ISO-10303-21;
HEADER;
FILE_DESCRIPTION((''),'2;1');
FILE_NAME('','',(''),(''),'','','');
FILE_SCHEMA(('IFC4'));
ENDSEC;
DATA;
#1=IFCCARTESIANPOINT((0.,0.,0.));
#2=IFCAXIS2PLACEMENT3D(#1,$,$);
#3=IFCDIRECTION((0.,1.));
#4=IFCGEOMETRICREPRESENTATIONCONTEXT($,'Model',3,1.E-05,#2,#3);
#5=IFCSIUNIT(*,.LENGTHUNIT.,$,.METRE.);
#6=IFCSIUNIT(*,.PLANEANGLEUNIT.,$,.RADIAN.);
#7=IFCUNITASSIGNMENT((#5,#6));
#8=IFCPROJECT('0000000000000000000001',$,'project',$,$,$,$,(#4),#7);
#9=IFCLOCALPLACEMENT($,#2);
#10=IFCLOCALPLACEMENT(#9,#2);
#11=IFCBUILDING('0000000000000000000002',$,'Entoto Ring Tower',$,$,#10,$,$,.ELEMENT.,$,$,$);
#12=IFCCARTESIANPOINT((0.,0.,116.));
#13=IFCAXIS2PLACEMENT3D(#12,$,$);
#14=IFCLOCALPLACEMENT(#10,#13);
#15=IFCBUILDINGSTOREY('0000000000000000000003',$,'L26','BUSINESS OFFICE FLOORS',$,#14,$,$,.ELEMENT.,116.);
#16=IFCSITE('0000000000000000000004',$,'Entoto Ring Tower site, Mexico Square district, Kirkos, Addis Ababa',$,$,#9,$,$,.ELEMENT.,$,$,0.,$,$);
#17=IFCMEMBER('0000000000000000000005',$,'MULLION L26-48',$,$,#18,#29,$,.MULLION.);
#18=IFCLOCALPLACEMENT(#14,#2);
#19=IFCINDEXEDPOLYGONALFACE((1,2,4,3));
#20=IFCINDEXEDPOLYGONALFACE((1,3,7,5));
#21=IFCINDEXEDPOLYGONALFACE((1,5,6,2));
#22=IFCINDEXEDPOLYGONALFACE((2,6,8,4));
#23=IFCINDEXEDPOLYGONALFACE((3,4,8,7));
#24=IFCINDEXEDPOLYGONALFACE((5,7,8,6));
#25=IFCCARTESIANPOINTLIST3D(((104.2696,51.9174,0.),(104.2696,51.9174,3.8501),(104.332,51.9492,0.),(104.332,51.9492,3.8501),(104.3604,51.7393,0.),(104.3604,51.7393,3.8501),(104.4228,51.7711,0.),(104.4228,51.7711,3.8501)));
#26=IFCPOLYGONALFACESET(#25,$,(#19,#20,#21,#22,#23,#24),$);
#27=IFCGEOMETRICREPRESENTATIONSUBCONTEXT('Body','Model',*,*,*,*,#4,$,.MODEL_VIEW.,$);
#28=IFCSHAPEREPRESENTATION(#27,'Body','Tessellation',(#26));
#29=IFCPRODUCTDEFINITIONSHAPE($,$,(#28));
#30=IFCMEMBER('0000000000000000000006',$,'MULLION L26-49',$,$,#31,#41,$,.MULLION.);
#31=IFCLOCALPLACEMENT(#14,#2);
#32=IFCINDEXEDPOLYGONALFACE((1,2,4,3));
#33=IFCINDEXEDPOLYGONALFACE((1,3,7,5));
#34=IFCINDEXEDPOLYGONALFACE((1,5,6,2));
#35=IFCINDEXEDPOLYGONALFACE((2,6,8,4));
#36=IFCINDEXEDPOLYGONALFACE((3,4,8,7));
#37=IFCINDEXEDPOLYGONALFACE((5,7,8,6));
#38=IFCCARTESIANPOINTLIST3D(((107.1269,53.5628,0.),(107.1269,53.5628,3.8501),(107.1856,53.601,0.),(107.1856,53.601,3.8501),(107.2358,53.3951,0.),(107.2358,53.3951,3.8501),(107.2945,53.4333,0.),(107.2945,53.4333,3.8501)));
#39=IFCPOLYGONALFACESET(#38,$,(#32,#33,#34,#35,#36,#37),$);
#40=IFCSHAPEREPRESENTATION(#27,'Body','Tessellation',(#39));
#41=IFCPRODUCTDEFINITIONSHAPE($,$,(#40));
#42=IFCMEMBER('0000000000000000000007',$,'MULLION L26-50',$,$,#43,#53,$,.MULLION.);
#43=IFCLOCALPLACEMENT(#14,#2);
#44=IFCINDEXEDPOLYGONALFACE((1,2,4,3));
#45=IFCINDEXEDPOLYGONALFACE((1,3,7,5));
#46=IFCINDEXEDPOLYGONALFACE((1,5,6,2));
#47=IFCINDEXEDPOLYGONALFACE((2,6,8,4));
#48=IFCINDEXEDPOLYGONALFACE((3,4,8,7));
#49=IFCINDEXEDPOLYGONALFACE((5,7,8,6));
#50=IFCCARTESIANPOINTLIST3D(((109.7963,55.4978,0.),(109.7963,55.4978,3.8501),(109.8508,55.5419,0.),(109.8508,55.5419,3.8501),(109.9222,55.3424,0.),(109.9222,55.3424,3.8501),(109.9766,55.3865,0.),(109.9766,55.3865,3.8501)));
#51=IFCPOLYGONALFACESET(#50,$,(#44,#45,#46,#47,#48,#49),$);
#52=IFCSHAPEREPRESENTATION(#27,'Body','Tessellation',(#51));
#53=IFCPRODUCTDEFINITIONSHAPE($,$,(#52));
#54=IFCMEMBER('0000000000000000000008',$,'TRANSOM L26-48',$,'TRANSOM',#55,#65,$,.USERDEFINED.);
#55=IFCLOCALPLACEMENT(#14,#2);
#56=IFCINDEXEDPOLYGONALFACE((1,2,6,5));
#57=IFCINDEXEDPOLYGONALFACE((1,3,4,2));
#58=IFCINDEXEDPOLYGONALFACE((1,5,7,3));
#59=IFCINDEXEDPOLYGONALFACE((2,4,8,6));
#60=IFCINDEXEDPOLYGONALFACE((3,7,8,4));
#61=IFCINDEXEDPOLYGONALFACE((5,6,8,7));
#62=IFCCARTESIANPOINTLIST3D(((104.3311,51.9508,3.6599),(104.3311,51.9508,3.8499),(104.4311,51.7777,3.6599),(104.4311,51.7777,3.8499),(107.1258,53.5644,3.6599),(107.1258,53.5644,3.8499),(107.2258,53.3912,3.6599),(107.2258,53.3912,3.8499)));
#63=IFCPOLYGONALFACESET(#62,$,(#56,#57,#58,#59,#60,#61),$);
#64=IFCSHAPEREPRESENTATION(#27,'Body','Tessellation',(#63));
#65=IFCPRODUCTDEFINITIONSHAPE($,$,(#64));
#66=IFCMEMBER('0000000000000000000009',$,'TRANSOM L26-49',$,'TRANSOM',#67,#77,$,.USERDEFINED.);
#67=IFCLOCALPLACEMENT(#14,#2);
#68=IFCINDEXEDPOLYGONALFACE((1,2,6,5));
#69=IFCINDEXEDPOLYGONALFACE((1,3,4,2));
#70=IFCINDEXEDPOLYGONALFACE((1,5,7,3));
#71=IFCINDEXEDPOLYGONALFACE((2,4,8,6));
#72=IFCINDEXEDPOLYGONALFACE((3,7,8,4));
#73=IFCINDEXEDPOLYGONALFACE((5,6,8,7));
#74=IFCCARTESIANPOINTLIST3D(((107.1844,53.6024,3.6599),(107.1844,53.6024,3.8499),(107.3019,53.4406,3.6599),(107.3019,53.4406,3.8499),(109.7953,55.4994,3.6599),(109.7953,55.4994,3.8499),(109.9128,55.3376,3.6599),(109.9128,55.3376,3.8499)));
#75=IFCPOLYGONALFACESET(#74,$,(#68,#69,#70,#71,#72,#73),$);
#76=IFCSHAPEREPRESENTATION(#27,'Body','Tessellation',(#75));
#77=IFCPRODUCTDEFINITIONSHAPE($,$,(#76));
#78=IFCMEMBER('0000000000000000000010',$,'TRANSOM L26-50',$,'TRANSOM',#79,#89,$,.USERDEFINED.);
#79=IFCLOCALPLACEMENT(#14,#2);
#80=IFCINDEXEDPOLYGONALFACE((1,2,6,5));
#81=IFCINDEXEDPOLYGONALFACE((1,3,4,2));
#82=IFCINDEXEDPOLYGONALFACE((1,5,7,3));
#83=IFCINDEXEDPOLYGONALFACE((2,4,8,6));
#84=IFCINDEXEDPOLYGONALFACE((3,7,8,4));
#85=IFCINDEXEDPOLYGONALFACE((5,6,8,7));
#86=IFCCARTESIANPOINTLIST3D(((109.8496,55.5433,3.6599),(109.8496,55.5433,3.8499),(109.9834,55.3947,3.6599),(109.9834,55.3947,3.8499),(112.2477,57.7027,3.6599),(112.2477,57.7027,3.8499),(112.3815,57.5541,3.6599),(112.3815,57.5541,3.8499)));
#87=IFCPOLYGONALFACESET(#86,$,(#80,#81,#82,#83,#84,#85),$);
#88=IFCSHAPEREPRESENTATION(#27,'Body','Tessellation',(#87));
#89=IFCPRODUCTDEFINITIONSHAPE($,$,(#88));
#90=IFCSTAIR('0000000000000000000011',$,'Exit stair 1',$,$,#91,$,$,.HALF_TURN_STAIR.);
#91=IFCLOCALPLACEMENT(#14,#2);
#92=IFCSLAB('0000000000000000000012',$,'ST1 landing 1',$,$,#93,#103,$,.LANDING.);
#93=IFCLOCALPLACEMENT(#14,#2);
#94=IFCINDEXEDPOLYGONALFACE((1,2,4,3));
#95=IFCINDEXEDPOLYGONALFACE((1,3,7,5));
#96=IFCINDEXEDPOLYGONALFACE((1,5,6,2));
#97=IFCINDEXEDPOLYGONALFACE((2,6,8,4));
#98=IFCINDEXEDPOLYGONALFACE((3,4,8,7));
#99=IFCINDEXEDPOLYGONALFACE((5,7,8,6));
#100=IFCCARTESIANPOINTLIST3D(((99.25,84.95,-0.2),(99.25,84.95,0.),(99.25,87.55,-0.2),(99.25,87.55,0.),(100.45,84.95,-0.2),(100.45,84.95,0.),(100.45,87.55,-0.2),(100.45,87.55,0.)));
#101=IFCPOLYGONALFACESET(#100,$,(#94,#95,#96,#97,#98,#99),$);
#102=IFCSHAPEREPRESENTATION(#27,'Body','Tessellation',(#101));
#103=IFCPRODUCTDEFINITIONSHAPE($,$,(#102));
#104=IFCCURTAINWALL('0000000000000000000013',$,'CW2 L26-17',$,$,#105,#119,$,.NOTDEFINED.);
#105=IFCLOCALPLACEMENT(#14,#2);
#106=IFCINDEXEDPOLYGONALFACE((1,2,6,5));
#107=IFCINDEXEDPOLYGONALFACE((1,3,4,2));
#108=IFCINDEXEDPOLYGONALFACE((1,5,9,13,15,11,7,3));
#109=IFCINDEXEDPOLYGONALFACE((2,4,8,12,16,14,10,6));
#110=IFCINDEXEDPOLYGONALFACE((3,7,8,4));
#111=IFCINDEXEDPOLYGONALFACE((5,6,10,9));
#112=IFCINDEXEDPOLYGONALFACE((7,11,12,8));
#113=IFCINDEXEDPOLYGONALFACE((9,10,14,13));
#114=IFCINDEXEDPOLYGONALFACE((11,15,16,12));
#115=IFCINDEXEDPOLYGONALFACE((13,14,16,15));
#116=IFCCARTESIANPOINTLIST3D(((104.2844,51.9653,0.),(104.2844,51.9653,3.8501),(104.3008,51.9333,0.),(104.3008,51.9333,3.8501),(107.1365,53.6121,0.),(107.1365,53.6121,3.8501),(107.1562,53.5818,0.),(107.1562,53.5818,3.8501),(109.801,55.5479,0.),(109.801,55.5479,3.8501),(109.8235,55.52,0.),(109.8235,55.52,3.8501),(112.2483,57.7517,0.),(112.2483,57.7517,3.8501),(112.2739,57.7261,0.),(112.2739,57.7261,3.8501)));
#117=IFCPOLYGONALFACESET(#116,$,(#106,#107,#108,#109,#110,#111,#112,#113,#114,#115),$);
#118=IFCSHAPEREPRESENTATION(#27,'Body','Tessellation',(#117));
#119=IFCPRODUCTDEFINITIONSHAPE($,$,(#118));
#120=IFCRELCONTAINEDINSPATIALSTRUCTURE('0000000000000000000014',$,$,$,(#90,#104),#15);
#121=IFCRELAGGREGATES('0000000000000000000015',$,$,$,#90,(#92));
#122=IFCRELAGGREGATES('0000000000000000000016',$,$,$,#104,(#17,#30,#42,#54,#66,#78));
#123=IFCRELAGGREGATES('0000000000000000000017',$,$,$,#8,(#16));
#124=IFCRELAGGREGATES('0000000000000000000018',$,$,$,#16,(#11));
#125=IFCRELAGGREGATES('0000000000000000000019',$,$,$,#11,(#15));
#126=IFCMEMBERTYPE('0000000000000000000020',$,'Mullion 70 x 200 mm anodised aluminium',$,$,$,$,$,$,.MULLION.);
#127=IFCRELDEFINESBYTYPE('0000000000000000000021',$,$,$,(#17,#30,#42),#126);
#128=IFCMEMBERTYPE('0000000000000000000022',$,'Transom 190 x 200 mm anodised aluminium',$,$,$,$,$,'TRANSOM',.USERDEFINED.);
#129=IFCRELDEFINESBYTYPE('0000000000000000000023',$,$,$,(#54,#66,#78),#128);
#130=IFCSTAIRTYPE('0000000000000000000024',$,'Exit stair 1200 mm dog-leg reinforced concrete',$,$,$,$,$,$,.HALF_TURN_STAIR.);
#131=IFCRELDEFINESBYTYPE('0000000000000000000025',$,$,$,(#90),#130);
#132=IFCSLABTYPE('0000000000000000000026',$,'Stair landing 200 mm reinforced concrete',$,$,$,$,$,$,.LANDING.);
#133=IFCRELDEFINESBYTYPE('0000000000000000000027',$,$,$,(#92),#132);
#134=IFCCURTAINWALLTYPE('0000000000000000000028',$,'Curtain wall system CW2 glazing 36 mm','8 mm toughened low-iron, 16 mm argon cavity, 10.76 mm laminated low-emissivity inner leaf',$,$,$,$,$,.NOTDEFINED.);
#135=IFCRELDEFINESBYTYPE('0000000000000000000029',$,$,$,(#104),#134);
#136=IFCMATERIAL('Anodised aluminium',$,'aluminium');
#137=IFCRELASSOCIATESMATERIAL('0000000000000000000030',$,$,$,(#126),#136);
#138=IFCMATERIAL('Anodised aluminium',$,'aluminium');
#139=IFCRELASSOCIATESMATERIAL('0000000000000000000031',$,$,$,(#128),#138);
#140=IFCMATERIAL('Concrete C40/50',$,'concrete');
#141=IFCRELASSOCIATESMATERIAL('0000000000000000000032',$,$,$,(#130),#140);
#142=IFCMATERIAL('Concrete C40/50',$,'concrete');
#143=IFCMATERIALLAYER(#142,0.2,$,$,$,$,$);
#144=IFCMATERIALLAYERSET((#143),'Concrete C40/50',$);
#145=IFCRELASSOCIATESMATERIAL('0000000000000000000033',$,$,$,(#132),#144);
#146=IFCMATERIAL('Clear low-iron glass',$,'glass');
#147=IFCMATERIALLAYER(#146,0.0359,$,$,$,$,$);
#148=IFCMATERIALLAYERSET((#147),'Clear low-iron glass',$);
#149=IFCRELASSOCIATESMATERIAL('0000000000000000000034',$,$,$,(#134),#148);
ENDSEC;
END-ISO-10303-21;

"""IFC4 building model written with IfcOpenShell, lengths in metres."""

from ifc_helpers import new_model, si_unit, direction, frame, origin, origin_2d, place, context, subcontext, project, spatial, polyline, rectangle, outline, extrude, material, layer, layer_set, material_profile, profile_set, type_object, element, aggregate, save


model = new_model("IFC4")

# Units and contexts
model_context = context("Model", 3, precision=1e-05, world=origin(), true_north=direction((0.0, 1.0)))
body_context = subcontext(model_context, "Body", "Model", "MODEL_VIEW")
ifc_project = project(units=[si_unit("LENGTHUNIT", "METRE"), si_unit("PLANEANGLEUNIT", "RADIAN")], contexts=[model_context])

# Members
ifc_material_1 = material(Name="Anodised aluminium", Category="aluminium")
ifc_material_profile_1 = material_profile(ifc_material_1, rectangle(XDim=0.0701, YDim=0.2, at=origin_2d()), Name="Mullion 70 x 200 mm anodised aluminium")
ifc_profile_set_1 = profile_set([ifc_material_profile_1], Name="Anodised aluminium")
member_type_1 = type_object("IfcMemberType", Name="Mullion 70 x 200 mm anodised aluminium", PredefinedType="MULLION", material=ifc_profile_set_1)
site_placement = place(None, origin())
building_placement = place(site_placement, origin())
storey_placement = place(building_placement, frame((0.0, 0.0, 116.0)))
member_1_placement = place(storey_placement, frame((104.3462, 51.8442, 0.0), z_axis=(0.0, 0.0, 1.0), x_axis=(0.891007, 0.45399, 0.0)))
member_1 = element("IfcMember", 1, at=member_1_placement, type_object=member_type_1, Name="MULLION L26-48", PredefinedType="MULLION", context=body_context, shape_type="SweptSolid", body=[
    extrude(rectangle(XDim=0.0701, YDim=0.2, at=origin_2d()), origin(), (0.0, 0.0, 1.0), 3.8501),
])
member_2_placement = place(storey_placement, frame((107.2107, 53.498, 0.0), z_axis=(0.0, 0.0, 1.0), x_axis=(0.838671, 0.544639, 0.0)))
member_2 = element("IfcMember", 2, at=member_2_placement, type_object=member_type_1, Name="MULLION L26-49", PredefinedType="MULLION", context=body_context, shape_type="SweptSolid", body=[
    extrude(rectangle(XDim=0.0701, YDim=0.2, at=origin_2d()), origin(), (0.0, 0.0, 1.0), 3.8501),
])
member_3_placement = place(storey_placement, frame((109.8865, 55.4421, 0.0), z_axis=(0.0, 0.0, 1.0), x_axis=(0.777146, 0.62932, 0.0)))
member_3 = element("IfcMember", 3, at=member_3_placement, type_object=member_type_1, Name="MULLION L26-50", PredefinedType="MULLION", context=body_context, shape_type="SweptSolid", body=[
    extrude(rectangle(XDim=0.0701, YDim=0.2, at=origin_2d()), origin(), (0.0, 0.0, 1.0), 3.8501),
])
ifc_material_2 = material(Name="Anodised aluminium", Category="aluminium")
ifc_material_profile_2 = material_profile(ifc_material_2, rectangle(XDim=0.2, YDim=0.1899, at=origin_2d()), Name="Transom 190 x 200 mm anodised aluminium")
ifc_profile_set_2 = profile_set([ifc_material_profile_2], Name="Anodised aluminium")
member_type_2 = type_object("IfcMemberType", Name="Transom 190 x 200 mm anodised aluminium", ElementType="TRANSOM", PredefinedType="USERDEFINED", material=ifc_profile_set_2)
member_4_placement = place(storey_placement, frame((104.3811, 51.8643, 3.7549), z_axis=(0.866023, 0.500004, 0.0), x_axis=(-0.500004, 0.866023, 0.0)))
member_4 = element("IfcMember", 4, at=member_4_placement, type_object=member_type_2, Name="TRANSOM L26-48", ObjectType="TRANSOM", PredefinedType="USERDEFINED", context=body_context, shape_type="SweptSolid", body=[
    extrude(rectangle(XDim=0.2, YDim=0.1899, at=origin_2d()), origin(), (0.0, 0.0, 1.0), 3.2271),
])
member_5_placement = place(storey_placement, frame((107.2432, 53.5215, 3.7549), z_axis=(0.809004, 0.587803, 0.0), x_axis=(-0.587803, 0.809004, 0.0)))
member_5 = element("IfcMember", 5, at=member_5_placement, type_object=member_type_2, Name="TRANSOM L26-49", ObjectType="TRANSOM", PredefinedType="USERDEFINED", context=body_context, shape_type="SweptSolid", body=[
    extrude(rectangle(XDim=0.2, YDim=0.1899, at=origin_2d()), origin(), (0.0, 0.0, 1.0), 3.2273),
])
member_6_placement = place(storey_placement, frame((109.9165, 55.469, 3.7549), z_axis=(0.743132, 0.669144, 0.0), x_axis=(-0.669144, 0.743132, 0.0)))
member_6 = element("IfcMember", 6, at=member_6_placement, type_object=member_type_2, Name="TRANSOM L26-50", ObjectType="TRANSOM", PredefinedType="USERDEFINED", context=body_context, shape_type="SweptSolid", body=[
    extrude(rectangle(XDim=0.2, YDim=0.1899, at=origin_2d()), origin(), (0.0, 0.0, 1.0), 3.2271),
])

# Site, building, storey
site = spatial("IfcSite", under=ifc_project, at=site_placement, Name="Entoto Ring Tower site, Mexico Square district, Kirkos, Addis Ababa", CompositionType="ELEMENT", RefElevation=0.0)
building = spatial("IfcBuilding", under=site, at=building_placement, Name="Entoto Ring Tower", CompositionType="ELEMENT")
storey = spatial("IfcBuildingStorey", under=building, at=storey_placement, Name="L26", Description="BUSINESS OFFICE FLOORS", CompositionType="ELEMENT", Elevation=116.0)

# Stair, slab
ifc_material_3 = material(Name="Concrete C40/50", Category="concrete")
stair_type = type_object("IfcStairType", Name="Exit stair 1200 mm dog-leg reinforced concrete", PredefinedType="HALF_TURN_STAIR", material=ifc_material_3)
stair_placement = place(storey_placement, origin())
stair = element("IfcStair", 7, at=stair_placement, inside=storey, type_object=stair_type, Name="Exit stair 1", PredefinedType="HALF_TURN_STAIR")
ifc_material_4 = material(Name="Concrete C40/50", Category="concrete")
ifc_layer_1 = layer(ifc_material_4, 0.2)
ifc_layer_set_1 = layer_set([ifc_layer_1], Name="Concrete C40/50")
slab_type = type_object("IfcSlabType", Name="Stair landing 200 mm reinforced concrete", PredefinedType="LANDING", material=ifc_layer_set_1)
slab_placement = place(storey_placement, frame((0.0, 0.0, -0.2)))
slab = element("IfcSlab", 8, at=slab_placement, type_object=slab_type, Name="ST1 landing 1", PredefinedType="LANDING", context=body_context, shape_type="SweptSolid", body=[
    extrude(outline(polyline([(100.45, 84.95), (100.45, 87.55), (99.25, 87.55), (99.25, 84.95), (100.45, 84.95)])), origin(), (0.0, 0.0, 1.0), 0.2),
])
aggregate(stair, [slab])

# Curtain wall
ifc_material_5 = material(Name="Clear low-iron glass", Category="glass")
ifc_layer_2 = layer(ifc_material_5, 0.0359)
ifc_layer_set_2 = layer_set([ifc_layer_2], Name="Clear low-iron glass")
curtain_wall_type = type_object("IfcCurtainWallType", Name="Curtain wall system CW2 glazing 36 mm", Description="8 mm toughened low-iron, 16 mm argon cavity, 10.76 mm laminated low-emissivity inner leaf", PredefinedType="NOTDEFINED", material=ifc_layer_set_2)
curtain_wall_1_placement = place(storey_placement, origin())
curtain_wall_1 = element("IfcCurtainWall", 9, at=curtain_wall_1_placement, inside=storey, type_object=curtain_wall_type, Name="CW2 L26-17", PredefinedType="NOTDEFINED", context=body_context, shape_type="SweptSolid", body=[
    extrude(outline(polyline([(104.3008, 51.9333), (107.1562, 53.5818), (109.8235, 55.52), (112.2739, 57.7261), (112.2483, 57.7517), (109.801, 55.5479), (107.1365, 53.6121), (104.2844, 51.9653), (104.3008, 51.9333)])), origin(), (0.0, 0.0, 1.0), 3.8501),
])
aggregate(curtain_wall_1, [member_1, member_2, member_3, member_4, member_5, member_6])

save(model, "model.ifc")
